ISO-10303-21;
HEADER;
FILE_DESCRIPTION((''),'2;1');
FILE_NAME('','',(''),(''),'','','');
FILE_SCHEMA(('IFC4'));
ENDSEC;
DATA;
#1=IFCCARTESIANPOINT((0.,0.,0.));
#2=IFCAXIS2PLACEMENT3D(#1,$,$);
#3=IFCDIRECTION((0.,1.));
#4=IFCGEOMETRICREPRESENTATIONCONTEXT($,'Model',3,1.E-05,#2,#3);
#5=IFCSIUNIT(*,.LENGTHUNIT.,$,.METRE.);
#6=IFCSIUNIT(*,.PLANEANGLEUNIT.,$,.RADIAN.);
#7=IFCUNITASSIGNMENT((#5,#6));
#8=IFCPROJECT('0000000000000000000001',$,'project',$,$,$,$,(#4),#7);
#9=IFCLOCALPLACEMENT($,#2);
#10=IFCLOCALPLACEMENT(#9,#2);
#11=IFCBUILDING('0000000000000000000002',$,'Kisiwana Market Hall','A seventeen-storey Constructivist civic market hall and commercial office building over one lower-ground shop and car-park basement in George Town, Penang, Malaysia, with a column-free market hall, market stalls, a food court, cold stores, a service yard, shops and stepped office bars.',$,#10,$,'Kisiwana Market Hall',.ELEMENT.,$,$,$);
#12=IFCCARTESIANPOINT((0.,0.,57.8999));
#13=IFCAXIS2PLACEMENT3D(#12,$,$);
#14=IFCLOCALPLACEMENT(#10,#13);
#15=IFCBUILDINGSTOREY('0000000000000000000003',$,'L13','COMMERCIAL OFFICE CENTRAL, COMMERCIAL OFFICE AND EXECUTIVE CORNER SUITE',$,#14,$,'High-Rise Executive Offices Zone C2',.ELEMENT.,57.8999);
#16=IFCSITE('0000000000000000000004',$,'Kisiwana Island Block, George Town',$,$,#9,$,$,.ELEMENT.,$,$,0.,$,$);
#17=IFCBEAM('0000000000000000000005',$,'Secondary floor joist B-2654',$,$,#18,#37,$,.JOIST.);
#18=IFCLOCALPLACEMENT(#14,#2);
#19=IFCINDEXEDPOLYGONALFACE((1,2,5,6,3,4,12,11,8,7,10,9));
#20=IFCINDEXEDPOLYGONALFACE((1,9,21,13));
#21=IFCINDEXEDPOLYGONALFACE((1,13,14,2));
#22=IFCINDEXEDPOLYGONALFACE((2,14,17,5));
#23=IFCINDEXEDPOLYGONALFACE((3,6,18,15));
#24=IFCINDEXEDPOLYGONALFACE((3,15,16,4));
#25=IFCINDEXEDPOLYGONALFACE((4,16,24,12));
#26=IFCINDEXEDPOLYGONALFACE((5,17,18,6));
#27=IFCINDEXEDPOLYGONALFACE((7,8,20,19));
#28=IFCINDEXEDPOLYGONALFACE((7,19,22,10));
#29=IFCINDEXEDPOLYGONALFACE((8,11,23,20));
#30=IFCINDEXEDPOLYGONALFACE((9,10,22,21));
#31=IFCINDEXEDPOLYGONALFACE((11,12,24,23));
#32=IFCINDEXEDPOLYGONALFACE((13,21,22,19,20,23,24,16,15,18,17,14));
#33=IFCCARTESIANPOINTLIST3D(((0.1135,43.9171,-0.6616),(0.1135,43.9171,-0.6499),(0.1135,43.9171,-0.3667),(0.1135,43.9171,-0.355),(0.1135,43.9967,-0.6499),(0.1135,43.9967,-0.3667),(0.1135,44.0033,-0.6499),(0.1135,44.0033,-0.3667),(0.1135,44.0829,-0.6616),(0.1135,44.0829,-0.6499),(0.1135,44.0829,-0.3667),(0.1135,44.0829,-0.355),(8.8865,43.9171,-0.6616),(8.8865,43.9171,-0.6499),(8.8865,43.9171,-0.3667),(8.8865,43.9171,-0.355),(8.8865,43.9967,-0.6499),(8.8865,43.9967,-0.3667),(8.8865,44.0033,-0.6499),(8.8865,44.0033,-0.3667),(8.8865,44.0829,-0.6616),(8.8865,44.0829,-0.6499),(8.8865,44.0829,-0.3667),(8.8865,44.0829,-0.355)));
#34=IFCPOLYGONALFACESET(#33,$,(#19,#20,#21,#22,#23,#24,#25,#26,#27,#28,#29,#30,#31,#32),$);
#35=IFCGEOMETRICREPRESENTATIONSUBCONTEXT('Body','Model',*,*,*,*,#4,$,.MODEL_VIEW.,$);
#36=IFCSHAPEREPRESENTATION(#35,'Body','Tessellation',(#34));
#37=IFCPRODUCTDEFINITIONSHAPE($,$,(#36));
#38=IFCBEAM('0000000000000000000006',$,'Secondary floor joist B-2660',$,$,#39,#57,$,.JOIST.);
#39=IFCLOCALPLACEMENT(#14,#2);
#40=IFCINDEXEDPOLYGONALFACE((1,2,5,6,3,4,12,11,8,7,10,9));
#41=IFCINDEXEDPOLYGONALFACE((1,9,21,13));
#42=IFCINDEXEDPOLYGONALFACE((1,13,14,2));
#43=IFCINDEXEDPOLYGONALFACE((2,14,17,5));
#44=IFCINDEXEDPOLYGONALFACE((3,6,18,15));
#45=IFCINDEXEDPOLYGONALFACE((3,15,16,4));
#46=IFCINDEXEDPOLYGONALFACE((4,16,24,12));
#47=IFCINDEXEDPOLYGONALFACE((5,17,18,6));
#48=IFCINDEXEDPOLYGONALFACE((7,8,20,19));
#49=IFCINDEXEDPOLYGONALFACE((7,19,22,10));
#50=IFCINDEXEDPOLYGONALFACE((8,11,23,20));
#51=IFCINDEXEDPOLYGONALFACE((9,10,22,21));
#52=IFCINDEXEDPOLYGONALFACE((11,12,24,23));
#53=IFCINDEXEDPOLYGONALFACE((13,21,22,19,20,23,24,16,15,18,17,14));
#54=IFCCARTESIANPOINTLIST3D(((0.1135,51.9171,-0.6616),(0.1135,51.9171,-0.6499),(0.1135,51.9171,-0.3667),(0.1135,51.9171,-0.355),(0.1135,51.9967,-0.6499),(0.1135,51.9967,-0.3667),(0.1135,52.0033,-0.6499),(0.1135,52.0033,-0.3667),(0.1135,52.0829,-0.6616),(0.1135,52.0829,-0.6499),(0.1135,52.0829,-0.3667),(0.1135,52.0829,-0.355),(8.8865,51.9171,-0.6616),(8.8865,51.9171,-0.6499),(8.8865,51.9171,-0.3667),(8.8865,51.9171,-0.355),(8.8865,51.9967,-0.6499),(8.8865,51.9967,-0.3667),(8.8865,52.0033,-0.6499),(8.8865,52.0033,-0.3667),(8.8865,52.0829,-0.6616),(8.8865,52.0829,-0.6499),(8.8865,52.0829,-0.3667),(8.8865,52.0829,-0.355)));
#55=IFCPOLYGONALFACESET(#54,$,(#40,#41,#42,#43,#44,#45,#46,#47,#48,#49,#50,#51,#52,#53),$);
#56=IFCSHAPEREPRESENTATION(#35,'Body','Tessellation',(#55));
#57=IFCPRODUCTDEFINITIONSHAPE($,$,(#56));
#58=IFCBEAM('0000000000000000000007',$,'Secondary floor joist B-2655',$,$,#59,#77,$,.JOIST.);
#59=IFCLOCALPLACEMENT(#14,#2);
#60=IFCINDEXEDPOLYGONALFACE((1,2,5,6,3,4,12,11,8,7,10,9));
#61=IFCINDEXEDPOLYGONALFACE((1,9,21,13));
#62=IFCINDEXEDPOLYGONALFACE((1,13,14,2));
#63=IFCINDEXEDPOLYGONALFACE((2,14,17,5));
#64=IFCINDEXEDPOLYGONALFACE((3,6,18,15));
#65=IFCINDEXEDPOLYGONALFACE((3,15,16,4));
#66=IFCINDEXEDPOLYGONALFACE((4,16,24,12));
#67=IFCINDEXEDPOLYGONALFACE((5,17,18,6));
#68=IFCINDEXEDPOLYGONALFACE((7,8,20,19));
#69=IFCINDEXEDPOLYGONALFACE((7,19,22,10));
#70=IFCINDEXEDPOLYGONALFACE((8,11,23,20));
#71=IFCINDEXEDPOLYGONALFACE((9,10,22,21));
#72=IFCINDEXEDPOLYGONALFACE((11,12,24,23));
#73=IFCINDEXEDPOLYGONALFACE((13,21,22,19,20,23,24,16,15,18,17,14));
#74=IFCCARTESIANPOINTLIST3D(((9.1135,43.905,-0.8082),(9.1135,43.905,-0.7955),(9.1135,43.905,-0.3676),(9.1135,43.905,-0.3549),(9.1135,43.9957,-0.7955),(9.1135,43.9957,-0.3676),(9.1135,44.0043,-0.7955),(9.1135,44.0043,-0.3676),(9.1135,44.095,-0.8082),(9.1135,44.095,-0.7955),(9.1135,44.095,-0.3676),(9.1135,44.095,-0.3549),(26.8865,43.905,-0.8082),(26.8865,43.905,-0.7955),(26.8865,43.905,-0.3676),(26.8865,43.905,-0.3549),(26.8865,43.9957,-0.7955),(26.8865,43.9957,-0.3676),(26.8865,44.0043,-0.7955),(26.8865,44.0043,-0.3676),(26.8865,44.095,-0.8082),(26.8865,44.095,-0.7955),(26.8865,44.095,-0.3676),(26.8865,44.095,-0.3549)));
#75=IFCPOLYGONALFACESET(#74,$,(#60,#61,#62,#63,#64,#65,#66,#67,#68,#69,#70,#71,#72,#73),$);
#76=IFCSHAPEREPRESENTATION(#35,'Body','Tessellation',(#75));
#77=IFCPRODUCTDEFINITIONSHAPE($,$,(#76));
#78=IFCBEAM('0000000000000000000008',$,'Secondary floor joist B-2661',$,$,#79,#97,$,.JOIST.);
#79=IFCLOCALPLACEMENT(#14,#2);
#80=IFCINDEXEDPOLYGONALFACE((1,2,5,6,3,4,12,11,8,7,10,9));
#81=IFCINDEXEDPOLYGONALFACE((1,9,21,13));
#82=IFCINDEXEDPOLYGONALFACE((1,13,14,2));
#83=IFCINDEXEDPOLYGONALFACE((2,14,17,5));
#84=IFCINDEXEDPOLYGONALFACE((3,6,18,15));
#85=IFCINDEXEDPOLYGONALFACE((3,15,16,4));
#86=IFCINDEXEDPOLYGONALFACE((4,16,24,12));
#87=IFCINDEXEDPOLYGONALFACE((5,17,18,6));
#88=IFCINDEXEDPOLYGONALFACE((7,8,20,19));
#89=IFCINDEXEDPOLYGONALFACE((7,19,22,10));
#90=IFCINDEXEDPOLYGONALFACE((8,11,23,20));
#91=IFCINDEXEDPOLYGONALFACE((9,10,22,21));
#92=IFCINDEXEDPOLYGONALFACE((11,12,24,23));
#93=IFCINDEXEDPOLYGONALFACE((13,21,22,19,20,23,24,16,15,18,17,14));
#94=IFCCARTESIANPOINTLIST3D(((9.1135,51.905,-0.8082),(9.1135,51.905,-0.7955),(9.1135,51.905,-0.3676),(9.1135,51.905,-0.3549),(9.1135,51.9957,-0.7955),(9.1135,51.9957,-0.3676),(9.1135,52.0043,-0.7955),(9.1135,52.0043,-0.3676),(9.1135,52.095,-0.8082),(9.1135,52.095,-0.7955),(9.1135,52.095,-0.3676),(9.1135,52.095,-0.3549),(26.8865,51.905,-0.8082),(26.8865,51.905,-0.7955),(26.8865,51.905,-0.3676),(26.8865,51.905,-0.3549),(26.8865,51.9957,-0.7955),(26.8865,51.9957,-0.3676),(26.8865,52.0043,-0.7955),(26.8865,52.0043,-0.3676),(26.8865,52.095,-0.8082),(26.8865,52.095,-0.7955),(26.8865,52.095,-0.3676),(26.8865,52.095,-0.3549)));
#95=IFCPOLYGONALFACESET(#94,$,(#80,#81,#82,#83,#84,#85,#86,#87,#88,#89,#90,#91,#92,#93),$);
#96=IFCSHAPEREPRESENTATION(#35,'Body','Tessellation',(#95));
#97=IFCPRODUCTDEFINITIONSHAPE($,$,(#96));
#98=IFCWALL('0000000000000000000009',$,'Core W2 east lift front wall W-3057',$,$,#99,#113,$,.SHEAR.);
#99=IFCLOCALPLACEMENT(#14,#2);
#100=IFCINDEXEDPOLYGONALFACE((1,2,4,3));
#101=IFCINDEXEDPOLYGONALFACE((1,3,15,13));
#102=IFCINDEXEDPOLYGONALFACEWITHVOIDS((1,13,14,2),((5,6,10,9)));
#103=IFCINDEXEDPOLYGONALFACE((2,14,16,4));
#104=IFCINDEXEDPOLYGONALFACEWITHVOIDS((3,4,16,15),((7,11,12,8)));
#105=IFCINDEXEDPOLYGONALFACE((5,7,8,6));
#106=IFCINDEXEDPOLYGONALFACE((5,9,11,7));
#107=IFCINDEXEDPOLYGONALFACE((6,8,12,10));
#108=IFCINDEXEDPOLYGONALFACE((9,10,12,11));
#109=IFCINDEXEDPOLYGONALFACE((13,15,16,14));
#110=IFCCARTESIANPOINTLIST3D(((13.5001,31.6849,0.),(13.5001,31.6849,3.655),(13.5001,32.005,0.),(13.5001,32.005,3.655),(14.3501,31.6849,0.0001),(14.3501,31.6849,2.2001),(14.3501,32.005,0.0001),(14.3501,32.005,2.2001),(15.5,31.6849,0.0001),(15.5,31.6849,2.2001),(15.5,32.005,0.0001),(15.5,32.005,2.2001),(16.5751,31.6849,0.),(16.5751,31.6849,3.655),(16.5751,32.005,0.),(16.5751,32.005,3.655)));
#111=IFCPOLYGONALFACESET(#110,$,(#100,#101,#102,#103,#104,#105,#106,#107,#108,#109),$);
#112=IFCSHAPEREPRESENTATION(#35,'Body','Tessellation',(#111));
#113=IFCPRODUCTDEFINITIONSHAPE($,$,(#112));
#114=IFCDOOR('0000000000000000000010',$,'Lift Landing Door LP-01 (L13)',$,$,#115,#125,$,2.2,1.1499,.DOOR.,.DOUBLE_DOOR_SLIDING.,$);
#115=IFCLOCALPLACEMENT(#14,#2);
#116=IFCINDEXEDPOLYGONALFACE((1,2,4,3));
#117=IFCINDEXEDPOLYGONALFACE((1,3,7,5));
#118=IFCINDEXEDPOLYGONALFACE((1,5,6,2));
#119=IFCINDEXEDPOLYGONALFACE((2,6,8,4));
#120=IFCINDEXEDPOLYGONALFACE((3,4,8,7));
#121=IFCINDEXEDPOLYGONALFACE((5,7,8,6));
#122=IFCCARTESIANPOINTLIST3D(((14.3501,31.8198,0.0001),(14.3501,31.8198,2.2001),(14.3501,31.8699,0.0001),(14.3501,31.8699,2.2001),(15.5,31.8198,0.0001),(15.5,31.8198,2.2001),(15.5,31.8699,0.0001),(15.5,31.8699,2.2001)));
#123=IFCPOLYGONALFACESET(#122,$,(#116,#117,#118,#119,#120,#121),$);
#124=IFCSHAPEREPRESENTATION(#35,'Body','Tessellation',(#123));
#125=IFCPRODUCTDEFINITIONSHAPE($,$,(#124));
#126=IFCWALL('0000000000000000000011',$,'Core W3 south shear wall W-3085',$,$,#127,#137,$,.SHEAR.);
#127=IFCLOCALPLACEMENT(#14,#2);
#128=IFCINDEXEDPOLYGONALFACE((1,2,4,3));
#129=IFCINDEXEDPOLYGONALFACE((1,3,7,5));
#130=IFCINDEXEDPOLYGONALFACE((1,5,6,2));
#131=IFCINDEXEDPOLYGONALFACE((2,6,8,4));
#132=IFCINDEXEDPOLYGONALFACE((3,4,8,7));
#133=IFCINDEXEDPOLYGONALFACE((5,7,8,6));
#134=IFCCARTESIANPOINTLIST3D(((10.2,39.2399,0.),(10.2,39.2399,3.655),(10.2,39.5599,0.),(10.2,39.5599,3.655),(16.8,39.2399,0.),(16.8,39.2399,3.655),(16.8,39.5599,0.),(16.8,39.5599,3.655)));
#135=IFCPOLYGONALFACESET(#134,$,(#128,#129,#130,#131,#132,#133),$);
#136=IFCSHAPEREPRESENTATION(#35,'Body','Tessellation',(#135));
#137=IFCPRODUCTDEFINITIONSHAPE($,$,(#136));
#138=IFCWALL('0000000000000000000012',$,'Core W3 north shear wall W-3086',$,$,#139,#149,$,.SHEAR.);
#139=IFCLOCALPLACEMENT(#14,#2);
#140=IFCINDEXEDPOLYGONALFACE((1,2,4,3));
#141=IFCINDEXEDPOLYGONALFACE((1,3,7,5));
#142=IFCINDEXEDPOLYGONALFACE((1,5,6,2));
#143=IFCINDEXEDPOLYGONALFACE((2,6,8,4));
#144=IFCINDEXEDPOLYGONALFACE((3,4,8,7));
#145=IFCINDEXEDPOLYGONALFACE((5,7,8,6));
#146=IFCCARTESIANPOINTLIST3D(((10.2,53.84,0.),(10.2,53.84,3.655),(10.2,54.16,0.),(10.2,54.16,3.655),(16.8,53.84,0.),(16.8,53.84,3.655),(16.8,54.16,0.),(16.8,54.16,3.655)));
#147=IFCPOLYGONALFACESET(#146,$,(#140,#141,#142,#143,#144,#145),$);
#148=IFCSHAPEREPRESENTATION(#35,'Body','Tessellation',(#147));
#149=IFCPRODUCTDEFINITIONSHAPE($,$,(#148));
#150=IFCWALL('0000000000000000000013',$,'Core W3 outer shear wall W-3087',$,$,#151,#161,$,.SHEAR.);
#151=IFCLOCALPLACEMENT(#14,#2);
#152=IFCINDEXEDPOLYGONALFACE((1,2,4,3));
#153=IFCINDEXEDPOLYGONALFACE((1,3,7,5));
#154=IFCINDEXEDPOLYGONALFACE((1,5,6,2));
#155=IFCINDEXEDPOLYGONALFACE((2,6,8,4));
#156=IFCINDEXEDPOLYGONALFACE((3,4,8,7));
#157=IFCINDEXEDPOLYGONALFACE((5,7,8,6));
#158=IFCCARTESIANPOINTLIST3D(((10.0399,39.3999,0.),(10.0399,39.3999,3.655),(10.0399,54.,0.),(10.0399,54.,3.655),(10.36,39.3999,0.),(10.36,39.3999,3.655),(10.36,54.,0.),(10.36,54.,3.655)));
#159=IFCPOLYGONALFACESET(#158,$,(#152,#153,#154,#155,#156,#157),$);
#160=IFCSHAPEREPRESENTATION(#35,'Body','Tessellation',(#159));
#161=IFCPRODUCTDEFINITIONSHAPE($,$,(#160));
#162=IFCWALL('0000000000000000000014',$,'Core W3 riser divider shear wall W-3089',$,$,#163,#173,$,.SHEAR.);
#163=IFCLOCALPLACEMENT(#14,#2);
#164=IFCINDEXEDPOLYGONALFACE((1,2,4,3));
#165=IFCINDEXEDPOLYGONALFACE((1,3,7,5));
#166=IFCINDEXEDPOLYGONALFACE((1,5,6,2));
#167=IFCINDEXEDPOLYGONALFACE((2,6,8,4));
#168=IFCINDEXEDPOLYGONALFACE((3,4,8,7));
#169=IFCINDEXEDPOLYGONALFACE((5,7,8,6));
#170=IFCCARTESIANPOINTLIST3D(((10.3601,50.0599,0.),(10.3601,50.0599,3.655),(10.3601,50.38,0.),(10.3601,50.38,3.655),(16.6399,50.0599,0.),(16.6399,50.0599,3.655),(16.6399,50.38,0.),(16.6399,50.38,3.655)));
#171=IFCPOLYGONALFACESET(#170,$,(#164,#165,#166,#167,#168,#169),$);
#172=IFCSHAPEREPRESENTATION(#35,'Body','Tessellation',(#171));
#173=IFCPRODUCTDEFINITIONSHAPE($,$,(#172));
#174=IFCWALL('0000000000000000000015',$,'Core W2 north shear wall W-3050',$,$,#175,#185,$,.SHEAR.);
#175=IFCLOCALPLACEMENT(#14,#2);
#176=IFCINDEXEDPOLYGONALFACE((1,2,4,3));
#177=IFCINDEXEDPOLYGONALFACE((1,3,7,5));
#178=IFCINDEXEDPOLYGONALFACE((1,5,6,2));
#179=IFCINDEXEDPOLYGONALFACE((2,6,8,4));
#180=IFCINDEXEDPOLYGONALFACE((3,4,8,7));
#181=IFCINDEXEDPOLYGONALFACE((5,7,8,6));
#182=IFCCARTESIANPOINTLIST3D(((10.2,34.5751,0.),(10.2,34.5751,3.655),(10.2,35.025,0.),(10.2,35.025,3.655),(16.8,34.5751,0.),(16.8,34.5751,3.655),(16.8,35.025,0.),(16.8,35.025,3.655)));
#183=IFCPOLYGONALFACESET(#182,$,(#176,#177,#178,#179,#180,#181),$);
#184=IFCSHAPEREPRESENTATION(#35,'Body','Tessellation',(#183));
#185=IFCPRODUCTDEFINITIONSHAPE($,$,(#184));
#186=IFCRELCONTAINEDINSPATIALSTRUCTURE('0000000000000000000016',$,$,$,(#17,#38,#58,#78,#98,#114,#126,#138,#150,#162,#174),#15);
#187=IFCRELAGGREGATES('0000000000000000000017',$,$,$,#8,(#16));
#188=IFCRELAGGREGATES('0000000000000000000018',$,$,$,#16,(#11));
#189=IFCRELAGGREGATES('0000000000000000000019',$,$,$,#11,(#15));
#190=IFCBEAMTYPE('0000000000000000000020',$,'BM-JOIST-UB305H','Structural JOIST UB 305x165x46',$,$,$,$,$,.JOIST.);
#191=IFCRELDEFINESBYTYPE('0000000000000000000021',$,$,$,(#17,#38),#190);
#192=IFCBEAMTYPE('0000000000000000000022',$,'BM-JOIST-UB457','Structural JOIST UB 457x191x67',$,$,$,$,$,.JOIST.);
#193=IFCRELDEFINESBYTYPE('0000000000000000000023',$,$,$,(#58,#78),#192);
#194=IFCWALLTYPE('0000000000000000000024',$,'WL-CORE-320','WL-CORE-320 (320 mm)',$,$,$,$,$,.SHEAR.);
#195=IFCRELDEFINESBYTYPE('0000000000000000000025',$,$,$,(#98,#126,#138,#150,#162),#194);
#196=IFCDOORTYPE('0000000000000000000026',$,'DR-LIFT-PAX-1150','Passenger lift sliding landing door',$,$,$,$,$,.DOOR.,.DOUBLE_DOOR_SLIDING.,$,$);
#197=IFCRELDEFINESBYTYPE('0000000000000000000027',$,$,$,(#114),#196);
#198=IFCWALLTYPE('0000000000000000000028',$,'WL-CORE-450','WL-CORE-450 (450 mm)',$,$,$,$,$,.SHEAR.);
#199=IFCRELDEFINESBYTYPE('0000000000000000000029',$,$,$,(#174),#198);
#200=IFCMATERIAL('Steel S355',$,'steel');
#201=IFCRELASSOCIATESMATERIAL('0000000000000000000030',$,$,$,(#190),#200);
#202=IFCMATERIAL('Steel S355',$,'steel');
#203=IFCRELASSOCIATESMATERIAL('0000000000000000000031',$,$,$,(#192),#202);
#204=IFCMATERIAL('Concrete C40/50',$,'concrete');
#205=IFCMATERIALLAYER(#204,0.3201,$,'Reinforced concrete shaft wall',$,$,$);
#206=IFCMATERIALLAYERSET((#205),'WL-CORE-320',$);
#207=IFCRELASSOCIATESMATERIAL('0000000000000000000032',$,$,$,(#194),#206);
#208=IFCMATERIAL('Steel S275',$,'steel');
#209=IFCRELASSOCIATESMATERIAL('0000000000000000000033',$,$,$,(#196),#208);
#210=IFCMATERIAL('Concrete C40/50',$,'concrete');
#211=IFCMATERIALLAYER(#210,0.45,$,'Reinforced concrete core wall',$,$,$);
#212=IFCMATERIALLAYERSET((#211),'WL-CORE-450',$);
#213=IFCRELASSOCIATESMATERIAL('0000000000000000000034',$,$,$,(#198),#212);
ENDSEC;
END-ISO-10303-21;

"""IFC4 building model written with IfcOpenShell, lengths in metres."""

from ifc_helpers import new_model, si_unit, direction, frame, frame_2d, origin, origin_2d, place, context, subcontext, project, spatial, rectangle, i_section, extrude, material, layer, layer_set, material_profile, profile_set, type_object, element, fill, save


model = new_model("IFC4")

# Units and contexts
model_context = context("Model", 3, precision=1e-05, world=origin(), true_north=direction((0.0, 1.0)))
body_context = subcontext(model_context, "Body", "Model", "MODEL_VIEW")
ifc_project = project(units=[si_unit("LENGTHUNIT", "METRE"), si_unit("PLANEANGLEUNIT", "RADIAN")], contexts=[model_context])

# Site, building, storey
site_placement = place(None, origin())
site = spatial("IfcSite", under=ifc_project, at=site_placement, Name="Kisiwana Island Block, George Town", CompositionType="ELEMENT", RefElevation=0.0)
building_placement = place(site_placement, origin())
building = spatial("IfcBuilding", under=site, at=building_placement, Name="Kisiwana Market Hall", Description="A seventeen-storey Constructivist civic market hall and commercial office building over one lower-ground shop and car-park basement in George Town, Penang, Malaysia, with a column-free market hall, market stalls, a food court, cold stores, a service yard, shops and stepped office bars.", LongName="Kisiwana Market Hall", CompositionType="ELEMENT")
storey_placement = place(building_placement, frame((0.0, 0.0, 57.8999)))
storey = spatial("IfcBuildingStorey", under=building, at=storey_placement, Name="L13", Description="COMMERCIAL OFFICE CENTRAL, COMMERCIAL OFFICE AND EXECUTIVE CORNER SUITE", LongName="High-Rise Executive Offices Zone C2", CompositionType="ELEMENT", Elevation=57.8999)

# Beams
ifc_material_1 = material(Name="Steel S355", Category="steel")
ifc_material_profile_1 = material_profile(ifc_material_1, i_section(OverallWidth=0.1658, OverallDepth=0.3066, WebThickness=0.0066, FlangeThickness=0.0117, at=origin_2d()), Name="UB 305x165x46")
ifc_profile_set_1 = profile_set([ifc_material_profile_1], Name="Steel S355")
beam_type_1 = type_object("IfcBeamType", Name="BM-JOIST-UB305H", Description="Structural JOIST UB 305x165x46", PredefinedType="JOIST", material=ifc_profile_set_1)
for number, where, z_axis, x_axis, name in (
    (1, (0.1135, 44.0, -0.5083), (1.0, 0.0, 0.0), (0.0, 1.0, 0.0), "Secondary floor joist B-2654"),
    (2, (0.1135, 52.0, -0.5083), (1.0, 0.0, 0.0), (0.0, 1.0, 0.0), "Secondary floor joist B-2660"),
):
    element("IfcBeam", number, at=place(storey_placement, frame(where, z_axis=z_axis, x_axis=x_axis)), inside=storey, type_object=beam_type_1, Name=name, PredefinedType="JOIST", context=body_context, shape_type="SweptSolid", body=[
        extrude(i_section(OverallWidth=0.1658, OverallDepth=0.3066, WebThickness=0.0066, FlangeThickness=0.0117, at=origin_2d()), origin(), (0.0, 0.0, 1.0), 8.7729),
    ])
ifc_material_2 = material(Name="Steel S355", Category="steel")
ifc_material_profile_2 = material_profile(ifc_material_2, i_section(OverallWidth=0.1899, OverallDepth=0.4534, WebThickness=0.0085, FlangeThickness=0.0127, at=origin_2d()), Name="UB 457x191x67")
ifc_profile_set_2 = profile_set([ifc_material_profile_2], Name="Steel S355")
beam_type_2 = type_object("IfcBeamType", Name="BM-JOIST-UB457", Description="Structural JOIST UB 457x191x67", PredefinedType="JOIST", material=ifc_profile_set_2)
for number, where, z_axis, x_axis, name in (
    (3, (9.1135, 44.0, -0.5815), (1.0, 0.0, 0.0), (0.0, 1.0, 0.0), "Secondary floor joist B-2655"),
    (4, (9.1135, 52.0, -0.5815), (1.0, 0.0, 0.0), (0.0, 1.0, 0.0), "Secondary floor joist B-2661"),
):
    element("IfcBeam", number, at=place(storey_placement, frame(where, z_axis=z_axis, x_axis=x_axis)), inside=storey, type_object=beam_type_2, Name=name, PredefinedType="JOIST", context=body_context, shape_type="SweptSolid", body=[
        extrude(i_section(OverallWidth=0.1899, OverallDepth=0.4534, WebThickness=0.0085, FlangeThickness=0.0127, at=origin_2d()), origin(), (0.0, 0.0, 1.0), 17.7729),
    ])

# Wall, opening, door
ifc_material_3 = material(Name="Concrete C40/50", Category="concrete")
ifc_layer_1 = layer(ifc_material_3, 0.3201, Name="Reinforced concrete shaft wall")
ifc_layer_set_1 = layer_set([ifc_layer_1], Name="WL-CORE-320")
wall_type_1 = type_object("IfcWallType", Name="WL-CORE-320", Description="WL-CORE-320 (320 mm)", PredefinedType="SHEAR", material=ifc_layer_set_1)
wall_1_placement = place(storey_placement, frame((13.5, 31.845, 0.0), z_axis=(0.0, 0.0, 1.0), x_axis=(1.0, 0.0, 0.0)))
wall_1 = element("IfcWall", 5, at=wall_1_placement, inside=storey, type_object=wall_type_1, Name="Core W2 east lift front wall W-3057", PredefinedType="SHEAR", context=body_context, shape_type="SweptSolid", body=[
    extrude(rectangle(XDim=3.075, YDim=0.3201, at=frame_2d((1.5376, 0.0))), origin(), (0.0, 0.0, 1.0), 3.655),
])
opening_1_placement = place(wall_1_placement, frame((0.8501, 0.0, 0.0)))
opening_1 = element("IfcOpeningElement", 6, at=opening_1_placement, cuts=wall_1, PredefinedType="OPENING", context=body_context, shape_type="SweptSolid", body=[
    extrude(rectangle(XDim=1.1499, YDim=2.2, at=frame_2d((0.575, 1.1001))), frame((0.0, 0.1719, 0.0), z_axis=(0.0, -1.0, 0.0), x_axis=(1.0, 0.0, 0.0)), (0.0, 0.0, 1.0), 0.344),
])
ifc_material_4 = material(Name="Steel S275", Category="steel")
door_type_1 = type_object("IfcDoorType", Name="DR-LIFT-PAX-1150", Description="Passenger lift sliding landing door", OperationType="DOUBLE_DOOR_SLIDING", PredefinedType="DOOR", material=ifc_material_4)
door_1_placement = place(opening_1_placement, origin())
door_1 = element("IfcDoor", 7, at=door_1_placement, inside=storey, type_object=door_type_1, Name="Lift Landing Door LP-01 (L13)", OperationType="DOUBLE_DOOR_SLIDING", OverallHeight=2.2, OverallWidth=1.1499, PredefinedType="DOOR", context=body_context, shape_type="SweptSolid", body=[
    extrude(rectangle(XDim=1.1499, YDim=2.2, at=frame_2d((0.575, 1.1001))), frame((0.0, 0.0249, 0.0), z_axis=(0.0, -1.0, 0.0), x_axis=(1.0, 0.0, 0.0)), (0.0, 0.0, 1.0), 0.05),
])
fill(opening_1, door_1)

# Walls
for number, where, z_axis, x_axis, name in (
    (8, (10.2, 39.3999, 0.0), (0.0, 0.0, 1.0), (1.0, 0.0, 0.0), "Core W3 south shear wall W-3085"),
    (9, (10.2, 54.0, 0.0), (0.0, 0.0, 1.0), (1.0, 0.0, 0.0), "Core W3 north shear wall W-3086"),
):
    element("IfcWall", number, at=place(storey_placement, frame(where, z_axis=z_axis, x_axis=x_axis)), inside=storey, type_object=wall_type_1, Name=name, PredefinedType="SHEAR", context=body_context, shape_type="SweptSolid", body=[
        extrude(rectangle(XDim=6.6001, YDim=0.3201, at=frame_2d((3.3, 0.0))), origin(), (0.0, 0.0, 1.0), 3.655),
    ])
wall_2_placement = place(storey_placement, frame((10.2, 39.3999, 0.0), z_axis=(0.0, 0.0, 1.0), x_axis=(0.0, 1.0, 0.0)))
element("IfcWall", 10, at=wall_2_placement, inside=storey, type_object=wall_type_1, Name="Core W3 outer shear wall W-3087", PredefinedType="SHEAR", context=body_context, shape_type="SweptSolid", body=[
    extrude(rectangle(XDim=14.6001, YDim=0.3201, at=frame_2d((7.3, 0.0))), origin(), (0.0, 0.0, 1.0), 3.655),
])
wall_3_placement = place(storey_placement, frame((10.3601, 50.22, 0.0), z_axis=(0.0, 0.0, 1.0), x_axis=(1.0, 0.0, 0.0)))
element("IfcWall", 11, at=wall_3_placement, inside=storey, type_object=wall_type_1, Name="Core W3 riser divider shear wall W-3089", PredefinedType="SHEAR", context=body_context, shape_type="SweptSolid", body=[
    extrude(rectangle(XDim=6.2798, YDim=0.3201, at=frame_2d((3.1399, 0.0))), origin(), (0.0, 0.0, 1.0), 3.655),
])
ifc_material_5 = material(Name="Concrete C40/50", Category="concrete")
ifc_layer_2 = layer(ifc_material_5, 0.45, Name="Reinforced concrete core wall")
ifc_layer_set_2 = layer_set([ifc_layer_2], Name="WL-CORE-450")
wall_type_2 = type_object("IfcWallType", Name="WL-CORE-450", Description="WL-CORE-450 (450 mm)", PredefinedType="SHEAR", material=ifc_layer_set_2)
wall_4_placement = place(storey_placement, frame((10.2, 34.8, 0.0), z_axis=(0.0, 0.0, 1.0), x_axis=(1.0, 0.0, 0.0)))
element("IfcWall", 12, at=wall_4_placement, inside=storey, type_object=wall_type_2, Name="Core W2 north shear wall W-3050", PredefinedType="SHEAR", context=body_context, shape_type="SweptSolid", body=[
    extrude(rectangle(XDim=6.6001, YDim=0.45, at=frame_2d((3.3, 0.0))), origin(), (0.0, 0.0, 1.0), 3.655),
])

save(model, "model.ifc")
